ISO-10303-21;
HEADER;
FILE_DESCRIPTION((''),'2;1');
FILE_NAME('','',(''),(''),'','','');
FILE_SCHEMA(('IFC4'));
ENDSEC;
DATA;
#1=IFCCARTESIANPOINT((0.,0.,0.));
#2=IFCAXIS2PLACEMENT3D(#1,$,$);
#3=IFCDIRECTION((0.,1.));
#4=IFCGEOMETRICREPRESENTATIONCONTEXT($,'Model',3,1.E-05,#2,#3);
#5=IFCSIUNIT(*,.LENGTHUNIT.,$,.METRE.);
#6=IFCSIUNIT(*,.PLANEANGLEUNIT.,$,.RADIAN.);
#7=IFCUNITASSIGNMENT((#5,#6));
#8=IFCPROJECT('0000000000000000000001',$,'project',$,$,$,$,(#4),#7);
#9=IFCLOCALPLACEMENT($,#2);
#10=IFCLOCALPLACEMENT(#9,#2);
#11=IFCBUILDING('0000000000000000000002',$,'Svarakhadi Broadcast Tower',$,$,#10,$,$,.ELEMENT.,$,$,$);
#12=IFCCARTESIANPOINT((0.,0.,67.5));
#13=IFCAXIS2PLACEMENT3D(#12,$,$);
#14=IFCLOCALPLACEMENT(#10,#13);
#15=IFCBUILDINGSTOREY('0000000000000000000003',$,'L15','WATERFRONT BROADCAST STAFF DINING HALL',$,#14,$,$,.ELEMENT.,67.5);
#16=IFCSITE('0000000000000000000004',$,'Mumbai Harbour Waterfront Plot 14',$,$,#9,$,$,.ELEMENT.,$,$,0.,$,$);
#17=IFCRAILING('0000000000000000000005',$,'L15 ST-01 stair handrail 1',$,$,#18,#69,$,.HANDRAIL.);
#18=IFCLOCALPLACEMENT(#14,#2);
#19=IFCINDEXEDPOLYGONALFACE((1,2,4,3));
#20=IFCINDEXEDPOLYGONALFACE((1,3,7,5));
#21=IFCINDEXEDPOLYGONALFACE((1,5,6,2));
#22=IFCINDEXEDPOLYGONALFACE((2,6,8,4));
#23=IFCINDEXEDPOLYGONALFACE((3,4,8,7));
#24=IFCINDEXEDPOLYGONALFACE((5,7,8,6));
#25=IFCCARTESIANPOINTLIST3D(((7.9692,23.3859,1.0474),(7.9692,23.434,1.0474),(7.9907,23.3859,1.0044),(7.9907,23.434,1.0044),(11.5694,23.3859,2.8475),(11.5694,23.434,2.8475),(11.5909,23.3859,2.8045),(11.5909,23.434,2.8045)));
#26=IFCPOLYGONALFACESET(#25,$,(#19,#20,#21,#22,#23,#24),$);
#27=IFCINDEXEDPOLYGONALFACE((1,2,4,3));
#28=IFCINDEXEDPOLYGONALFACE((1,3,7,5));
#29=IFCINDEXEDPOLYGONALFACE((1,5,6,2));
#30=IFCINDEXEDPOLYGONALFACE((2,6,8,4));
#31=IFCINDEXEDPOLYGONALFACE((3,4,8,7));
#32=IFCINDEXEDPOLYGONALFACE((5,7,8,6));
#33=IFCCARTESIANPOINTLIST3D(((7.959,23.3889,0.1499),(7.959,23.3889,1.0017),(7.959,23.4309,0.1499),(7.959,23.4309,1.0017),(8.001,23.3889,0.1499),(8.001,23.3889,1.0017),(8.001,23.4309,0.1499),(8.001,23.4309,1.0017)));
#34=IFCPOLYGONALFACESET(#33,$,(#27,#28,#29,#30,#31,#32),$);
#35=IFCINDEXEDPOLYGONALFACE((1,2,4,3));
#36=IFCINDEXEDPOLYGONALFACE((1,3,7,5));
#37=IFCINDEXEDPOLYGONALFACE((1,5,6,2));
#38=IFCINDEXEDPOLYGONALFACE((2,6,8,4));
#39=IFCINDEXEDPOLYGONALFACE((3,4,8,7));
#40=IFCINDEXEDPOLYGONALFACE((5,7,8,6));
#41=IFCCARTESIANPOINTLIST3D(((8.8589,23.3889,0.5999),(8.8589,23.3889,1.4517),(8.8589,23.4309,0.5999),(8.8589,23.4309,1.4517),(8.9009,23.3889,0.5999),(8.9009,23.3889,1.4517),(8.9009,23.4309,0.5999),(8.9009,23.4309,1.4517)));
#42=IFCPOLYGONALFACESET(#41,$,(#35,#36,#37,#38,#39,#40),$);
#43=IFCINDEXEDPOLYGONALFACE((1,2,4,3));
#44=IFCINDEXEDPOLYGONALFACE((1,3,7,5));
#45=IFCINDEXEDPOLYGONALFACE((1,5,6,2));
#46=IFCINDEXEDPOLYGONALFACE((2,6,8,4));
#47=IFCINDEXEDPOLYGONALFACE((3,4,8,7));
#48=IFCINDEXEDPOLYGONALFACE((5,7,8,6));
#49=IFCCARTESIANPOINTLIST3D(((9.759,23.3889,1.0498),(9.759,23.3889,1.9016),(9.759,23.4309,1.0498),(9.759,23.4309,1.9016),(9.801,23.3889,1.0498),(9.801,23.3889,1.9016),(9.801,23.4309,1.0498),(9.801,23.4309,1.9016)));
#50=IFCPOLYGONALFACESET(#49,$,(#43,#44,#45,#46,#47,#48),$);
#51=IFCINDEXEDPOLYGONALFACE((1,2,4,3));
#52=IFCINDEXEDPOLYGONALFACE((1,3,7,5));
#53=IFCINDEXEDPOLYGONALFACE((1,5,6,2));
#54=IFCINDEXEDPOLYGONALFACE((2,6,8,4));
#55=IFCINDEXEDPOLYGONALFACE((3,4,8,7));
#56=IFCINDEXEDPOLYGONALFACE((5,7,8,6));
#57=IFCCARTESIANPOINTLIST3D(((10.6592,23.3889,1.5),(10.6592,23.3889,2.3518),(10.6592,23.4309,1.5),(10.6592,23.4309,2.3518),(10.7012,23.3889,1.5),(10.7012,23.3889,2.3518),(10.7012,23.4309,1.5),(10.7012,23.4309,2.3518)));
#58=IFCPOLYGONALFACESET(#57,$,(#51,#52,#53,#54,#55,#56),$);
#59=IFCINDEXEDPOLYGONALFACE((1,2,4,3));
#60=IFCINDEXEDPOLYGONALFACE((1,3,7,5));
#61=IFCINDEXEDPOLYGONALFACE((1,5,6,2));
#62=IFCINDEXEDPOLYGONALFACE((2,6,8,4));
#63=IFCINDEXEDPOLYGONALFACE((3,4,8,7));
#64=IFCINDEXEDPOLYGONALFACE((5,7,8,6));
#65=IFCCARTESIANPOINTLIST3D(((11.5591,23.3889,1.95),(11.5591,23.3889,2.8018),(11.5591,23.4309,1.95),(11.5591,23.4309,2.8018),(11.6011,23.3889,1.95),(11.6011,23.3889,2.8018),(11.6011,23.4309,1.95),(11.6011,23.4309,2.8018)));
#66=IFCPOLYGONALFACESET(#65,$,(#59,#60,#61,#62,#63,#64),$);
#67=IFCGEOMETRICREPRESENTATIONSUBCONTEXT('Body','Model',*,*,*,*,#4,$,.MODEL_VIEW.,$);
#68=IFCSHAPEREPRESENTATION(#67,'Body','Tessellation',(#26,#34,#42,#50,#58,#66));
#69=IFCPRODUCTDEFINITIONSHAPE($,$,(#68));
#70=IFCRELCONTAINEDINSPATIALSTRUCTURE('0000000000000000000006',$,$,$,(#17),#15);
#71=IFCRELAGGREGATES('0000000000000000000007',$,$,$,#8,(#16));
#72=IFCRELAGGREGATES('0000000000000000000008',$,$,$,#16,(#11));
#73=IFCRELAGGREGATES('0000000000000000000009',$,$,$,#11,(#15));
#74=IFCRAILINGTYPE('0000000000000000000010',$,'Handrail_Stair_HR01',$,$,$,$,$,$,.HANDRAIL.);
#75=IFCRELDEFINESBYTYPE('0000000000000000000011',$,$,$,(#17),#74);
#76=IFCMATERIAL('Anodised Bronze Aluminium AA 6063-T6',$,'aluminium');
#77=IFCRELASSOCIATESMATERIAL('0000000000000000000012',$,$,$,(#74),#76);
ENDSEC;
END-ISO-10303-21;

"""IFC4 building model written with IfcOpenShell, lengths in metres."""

from ifc_helpers import new_model, si_unit, direction, frame, origin, origin_2d, place, context, subcontext, project, spatial, rectangle, extrude, material, type_object, element, save


model = new_model("IFC4")

# Units and contexts
model_context = context("Model", 3, precision=1e-05, world=origin(), true_north=direction((0.0, 1.0)))
body_context = subcontext(model_context, "Body", "Model", "MODEL_VIEW")
ifc_project = project(units=[si_unit("LENGTHUNIT", "METRE"), si_unit("PLANEANGLEUNIT", "RADIAN")], contexts=[model_context])

# Site, building, storey
site_placement = place(None, origin())
site = spatial("IfcSite", under=ifc_project, at=site_placement, Name="Mumbai Harbour Waterfront Plot 14", CompositionType="ELEMENT", RefElevation=0.0)
building_placement = place(site_placement, origin())
building = spatial("IfcBuilding", under=site, at=building_placement, Name="Svarakhadi Broadcast Tower", CompositionType="ELEMENT")
storey_placement = place(building_placement, frame((0.0, 0.0, 67.5)))
storey = spatial("IfcBuildingStorey", under=building, at=storey_placement, Name="L15", Description="WATERFRONT BROADCAST STAFF DINING HALL", CompositionType="ELEMENT", Elevation=67.5)

# Railing
ifc_material_1 = material(Name="Anodised Bronze Aluminium AA 6063-T6", Category="aluminium")
railing_type = type_object("IfcRailingType", Name="Handrail_Stair_HR01", PredefinedType="HANDRAIL", material=ifc_material_1)
railing_placement = place(storey_placement, frame((7.98, 23.4099, 0.1499)))
element("IfcRailing", 1, at=railing_placement, inside=storey, type_object=railing_type, Name="L15 ST-01 stair handrail 1", PredefinedType="HANDRAIL", context=body_context, shape_type="SweptSolid", body=[
    extrude(rectangle(XDim=0.0481, YDim=0.0481, at=origin_2d()), frame((0.0, 0.0, 0.876), z_axis=(0.894427, 0.0, 0.447214), x_axis=(0.0, 1.0, 0.0)), (0.0, 0.0, 1.0), 4.0251),
    extrude(rectangle(XDim=0.042, YDim=0.042, at=origin_2d()), origin(), (0.0, 0.0, 1.0), 0.8518),
    extrude(rectangle(XDim=0.042, YDim=0.042, at=origin_2d()), frame((0.8999, 0.0, 0.45)), (0.0, 0.0, 1.0), 0.8518),
    extrude(rectangle(XDim=0.042, YDim=0.042, at=origin_2d()), frame((1.8, 0.0, 0.8999)), (0.0, 0.0, 1.0), 0.8518),
    extrude(rectangle(XDim=0.042, YDim=0.042, at=origin_2d()), frame((2.7002, 0.0, 1.3501)), (0.0, 0.0, 1.0), 0.8518),
    extrude(rectangle(XDim=0.042, YDim=0.042, at=origin_2d()), frame((3.6001, 0.0, 1.8)), (0.0, 0.0, 1.0), 0.8518),
])

save(model, "model.ifc")
